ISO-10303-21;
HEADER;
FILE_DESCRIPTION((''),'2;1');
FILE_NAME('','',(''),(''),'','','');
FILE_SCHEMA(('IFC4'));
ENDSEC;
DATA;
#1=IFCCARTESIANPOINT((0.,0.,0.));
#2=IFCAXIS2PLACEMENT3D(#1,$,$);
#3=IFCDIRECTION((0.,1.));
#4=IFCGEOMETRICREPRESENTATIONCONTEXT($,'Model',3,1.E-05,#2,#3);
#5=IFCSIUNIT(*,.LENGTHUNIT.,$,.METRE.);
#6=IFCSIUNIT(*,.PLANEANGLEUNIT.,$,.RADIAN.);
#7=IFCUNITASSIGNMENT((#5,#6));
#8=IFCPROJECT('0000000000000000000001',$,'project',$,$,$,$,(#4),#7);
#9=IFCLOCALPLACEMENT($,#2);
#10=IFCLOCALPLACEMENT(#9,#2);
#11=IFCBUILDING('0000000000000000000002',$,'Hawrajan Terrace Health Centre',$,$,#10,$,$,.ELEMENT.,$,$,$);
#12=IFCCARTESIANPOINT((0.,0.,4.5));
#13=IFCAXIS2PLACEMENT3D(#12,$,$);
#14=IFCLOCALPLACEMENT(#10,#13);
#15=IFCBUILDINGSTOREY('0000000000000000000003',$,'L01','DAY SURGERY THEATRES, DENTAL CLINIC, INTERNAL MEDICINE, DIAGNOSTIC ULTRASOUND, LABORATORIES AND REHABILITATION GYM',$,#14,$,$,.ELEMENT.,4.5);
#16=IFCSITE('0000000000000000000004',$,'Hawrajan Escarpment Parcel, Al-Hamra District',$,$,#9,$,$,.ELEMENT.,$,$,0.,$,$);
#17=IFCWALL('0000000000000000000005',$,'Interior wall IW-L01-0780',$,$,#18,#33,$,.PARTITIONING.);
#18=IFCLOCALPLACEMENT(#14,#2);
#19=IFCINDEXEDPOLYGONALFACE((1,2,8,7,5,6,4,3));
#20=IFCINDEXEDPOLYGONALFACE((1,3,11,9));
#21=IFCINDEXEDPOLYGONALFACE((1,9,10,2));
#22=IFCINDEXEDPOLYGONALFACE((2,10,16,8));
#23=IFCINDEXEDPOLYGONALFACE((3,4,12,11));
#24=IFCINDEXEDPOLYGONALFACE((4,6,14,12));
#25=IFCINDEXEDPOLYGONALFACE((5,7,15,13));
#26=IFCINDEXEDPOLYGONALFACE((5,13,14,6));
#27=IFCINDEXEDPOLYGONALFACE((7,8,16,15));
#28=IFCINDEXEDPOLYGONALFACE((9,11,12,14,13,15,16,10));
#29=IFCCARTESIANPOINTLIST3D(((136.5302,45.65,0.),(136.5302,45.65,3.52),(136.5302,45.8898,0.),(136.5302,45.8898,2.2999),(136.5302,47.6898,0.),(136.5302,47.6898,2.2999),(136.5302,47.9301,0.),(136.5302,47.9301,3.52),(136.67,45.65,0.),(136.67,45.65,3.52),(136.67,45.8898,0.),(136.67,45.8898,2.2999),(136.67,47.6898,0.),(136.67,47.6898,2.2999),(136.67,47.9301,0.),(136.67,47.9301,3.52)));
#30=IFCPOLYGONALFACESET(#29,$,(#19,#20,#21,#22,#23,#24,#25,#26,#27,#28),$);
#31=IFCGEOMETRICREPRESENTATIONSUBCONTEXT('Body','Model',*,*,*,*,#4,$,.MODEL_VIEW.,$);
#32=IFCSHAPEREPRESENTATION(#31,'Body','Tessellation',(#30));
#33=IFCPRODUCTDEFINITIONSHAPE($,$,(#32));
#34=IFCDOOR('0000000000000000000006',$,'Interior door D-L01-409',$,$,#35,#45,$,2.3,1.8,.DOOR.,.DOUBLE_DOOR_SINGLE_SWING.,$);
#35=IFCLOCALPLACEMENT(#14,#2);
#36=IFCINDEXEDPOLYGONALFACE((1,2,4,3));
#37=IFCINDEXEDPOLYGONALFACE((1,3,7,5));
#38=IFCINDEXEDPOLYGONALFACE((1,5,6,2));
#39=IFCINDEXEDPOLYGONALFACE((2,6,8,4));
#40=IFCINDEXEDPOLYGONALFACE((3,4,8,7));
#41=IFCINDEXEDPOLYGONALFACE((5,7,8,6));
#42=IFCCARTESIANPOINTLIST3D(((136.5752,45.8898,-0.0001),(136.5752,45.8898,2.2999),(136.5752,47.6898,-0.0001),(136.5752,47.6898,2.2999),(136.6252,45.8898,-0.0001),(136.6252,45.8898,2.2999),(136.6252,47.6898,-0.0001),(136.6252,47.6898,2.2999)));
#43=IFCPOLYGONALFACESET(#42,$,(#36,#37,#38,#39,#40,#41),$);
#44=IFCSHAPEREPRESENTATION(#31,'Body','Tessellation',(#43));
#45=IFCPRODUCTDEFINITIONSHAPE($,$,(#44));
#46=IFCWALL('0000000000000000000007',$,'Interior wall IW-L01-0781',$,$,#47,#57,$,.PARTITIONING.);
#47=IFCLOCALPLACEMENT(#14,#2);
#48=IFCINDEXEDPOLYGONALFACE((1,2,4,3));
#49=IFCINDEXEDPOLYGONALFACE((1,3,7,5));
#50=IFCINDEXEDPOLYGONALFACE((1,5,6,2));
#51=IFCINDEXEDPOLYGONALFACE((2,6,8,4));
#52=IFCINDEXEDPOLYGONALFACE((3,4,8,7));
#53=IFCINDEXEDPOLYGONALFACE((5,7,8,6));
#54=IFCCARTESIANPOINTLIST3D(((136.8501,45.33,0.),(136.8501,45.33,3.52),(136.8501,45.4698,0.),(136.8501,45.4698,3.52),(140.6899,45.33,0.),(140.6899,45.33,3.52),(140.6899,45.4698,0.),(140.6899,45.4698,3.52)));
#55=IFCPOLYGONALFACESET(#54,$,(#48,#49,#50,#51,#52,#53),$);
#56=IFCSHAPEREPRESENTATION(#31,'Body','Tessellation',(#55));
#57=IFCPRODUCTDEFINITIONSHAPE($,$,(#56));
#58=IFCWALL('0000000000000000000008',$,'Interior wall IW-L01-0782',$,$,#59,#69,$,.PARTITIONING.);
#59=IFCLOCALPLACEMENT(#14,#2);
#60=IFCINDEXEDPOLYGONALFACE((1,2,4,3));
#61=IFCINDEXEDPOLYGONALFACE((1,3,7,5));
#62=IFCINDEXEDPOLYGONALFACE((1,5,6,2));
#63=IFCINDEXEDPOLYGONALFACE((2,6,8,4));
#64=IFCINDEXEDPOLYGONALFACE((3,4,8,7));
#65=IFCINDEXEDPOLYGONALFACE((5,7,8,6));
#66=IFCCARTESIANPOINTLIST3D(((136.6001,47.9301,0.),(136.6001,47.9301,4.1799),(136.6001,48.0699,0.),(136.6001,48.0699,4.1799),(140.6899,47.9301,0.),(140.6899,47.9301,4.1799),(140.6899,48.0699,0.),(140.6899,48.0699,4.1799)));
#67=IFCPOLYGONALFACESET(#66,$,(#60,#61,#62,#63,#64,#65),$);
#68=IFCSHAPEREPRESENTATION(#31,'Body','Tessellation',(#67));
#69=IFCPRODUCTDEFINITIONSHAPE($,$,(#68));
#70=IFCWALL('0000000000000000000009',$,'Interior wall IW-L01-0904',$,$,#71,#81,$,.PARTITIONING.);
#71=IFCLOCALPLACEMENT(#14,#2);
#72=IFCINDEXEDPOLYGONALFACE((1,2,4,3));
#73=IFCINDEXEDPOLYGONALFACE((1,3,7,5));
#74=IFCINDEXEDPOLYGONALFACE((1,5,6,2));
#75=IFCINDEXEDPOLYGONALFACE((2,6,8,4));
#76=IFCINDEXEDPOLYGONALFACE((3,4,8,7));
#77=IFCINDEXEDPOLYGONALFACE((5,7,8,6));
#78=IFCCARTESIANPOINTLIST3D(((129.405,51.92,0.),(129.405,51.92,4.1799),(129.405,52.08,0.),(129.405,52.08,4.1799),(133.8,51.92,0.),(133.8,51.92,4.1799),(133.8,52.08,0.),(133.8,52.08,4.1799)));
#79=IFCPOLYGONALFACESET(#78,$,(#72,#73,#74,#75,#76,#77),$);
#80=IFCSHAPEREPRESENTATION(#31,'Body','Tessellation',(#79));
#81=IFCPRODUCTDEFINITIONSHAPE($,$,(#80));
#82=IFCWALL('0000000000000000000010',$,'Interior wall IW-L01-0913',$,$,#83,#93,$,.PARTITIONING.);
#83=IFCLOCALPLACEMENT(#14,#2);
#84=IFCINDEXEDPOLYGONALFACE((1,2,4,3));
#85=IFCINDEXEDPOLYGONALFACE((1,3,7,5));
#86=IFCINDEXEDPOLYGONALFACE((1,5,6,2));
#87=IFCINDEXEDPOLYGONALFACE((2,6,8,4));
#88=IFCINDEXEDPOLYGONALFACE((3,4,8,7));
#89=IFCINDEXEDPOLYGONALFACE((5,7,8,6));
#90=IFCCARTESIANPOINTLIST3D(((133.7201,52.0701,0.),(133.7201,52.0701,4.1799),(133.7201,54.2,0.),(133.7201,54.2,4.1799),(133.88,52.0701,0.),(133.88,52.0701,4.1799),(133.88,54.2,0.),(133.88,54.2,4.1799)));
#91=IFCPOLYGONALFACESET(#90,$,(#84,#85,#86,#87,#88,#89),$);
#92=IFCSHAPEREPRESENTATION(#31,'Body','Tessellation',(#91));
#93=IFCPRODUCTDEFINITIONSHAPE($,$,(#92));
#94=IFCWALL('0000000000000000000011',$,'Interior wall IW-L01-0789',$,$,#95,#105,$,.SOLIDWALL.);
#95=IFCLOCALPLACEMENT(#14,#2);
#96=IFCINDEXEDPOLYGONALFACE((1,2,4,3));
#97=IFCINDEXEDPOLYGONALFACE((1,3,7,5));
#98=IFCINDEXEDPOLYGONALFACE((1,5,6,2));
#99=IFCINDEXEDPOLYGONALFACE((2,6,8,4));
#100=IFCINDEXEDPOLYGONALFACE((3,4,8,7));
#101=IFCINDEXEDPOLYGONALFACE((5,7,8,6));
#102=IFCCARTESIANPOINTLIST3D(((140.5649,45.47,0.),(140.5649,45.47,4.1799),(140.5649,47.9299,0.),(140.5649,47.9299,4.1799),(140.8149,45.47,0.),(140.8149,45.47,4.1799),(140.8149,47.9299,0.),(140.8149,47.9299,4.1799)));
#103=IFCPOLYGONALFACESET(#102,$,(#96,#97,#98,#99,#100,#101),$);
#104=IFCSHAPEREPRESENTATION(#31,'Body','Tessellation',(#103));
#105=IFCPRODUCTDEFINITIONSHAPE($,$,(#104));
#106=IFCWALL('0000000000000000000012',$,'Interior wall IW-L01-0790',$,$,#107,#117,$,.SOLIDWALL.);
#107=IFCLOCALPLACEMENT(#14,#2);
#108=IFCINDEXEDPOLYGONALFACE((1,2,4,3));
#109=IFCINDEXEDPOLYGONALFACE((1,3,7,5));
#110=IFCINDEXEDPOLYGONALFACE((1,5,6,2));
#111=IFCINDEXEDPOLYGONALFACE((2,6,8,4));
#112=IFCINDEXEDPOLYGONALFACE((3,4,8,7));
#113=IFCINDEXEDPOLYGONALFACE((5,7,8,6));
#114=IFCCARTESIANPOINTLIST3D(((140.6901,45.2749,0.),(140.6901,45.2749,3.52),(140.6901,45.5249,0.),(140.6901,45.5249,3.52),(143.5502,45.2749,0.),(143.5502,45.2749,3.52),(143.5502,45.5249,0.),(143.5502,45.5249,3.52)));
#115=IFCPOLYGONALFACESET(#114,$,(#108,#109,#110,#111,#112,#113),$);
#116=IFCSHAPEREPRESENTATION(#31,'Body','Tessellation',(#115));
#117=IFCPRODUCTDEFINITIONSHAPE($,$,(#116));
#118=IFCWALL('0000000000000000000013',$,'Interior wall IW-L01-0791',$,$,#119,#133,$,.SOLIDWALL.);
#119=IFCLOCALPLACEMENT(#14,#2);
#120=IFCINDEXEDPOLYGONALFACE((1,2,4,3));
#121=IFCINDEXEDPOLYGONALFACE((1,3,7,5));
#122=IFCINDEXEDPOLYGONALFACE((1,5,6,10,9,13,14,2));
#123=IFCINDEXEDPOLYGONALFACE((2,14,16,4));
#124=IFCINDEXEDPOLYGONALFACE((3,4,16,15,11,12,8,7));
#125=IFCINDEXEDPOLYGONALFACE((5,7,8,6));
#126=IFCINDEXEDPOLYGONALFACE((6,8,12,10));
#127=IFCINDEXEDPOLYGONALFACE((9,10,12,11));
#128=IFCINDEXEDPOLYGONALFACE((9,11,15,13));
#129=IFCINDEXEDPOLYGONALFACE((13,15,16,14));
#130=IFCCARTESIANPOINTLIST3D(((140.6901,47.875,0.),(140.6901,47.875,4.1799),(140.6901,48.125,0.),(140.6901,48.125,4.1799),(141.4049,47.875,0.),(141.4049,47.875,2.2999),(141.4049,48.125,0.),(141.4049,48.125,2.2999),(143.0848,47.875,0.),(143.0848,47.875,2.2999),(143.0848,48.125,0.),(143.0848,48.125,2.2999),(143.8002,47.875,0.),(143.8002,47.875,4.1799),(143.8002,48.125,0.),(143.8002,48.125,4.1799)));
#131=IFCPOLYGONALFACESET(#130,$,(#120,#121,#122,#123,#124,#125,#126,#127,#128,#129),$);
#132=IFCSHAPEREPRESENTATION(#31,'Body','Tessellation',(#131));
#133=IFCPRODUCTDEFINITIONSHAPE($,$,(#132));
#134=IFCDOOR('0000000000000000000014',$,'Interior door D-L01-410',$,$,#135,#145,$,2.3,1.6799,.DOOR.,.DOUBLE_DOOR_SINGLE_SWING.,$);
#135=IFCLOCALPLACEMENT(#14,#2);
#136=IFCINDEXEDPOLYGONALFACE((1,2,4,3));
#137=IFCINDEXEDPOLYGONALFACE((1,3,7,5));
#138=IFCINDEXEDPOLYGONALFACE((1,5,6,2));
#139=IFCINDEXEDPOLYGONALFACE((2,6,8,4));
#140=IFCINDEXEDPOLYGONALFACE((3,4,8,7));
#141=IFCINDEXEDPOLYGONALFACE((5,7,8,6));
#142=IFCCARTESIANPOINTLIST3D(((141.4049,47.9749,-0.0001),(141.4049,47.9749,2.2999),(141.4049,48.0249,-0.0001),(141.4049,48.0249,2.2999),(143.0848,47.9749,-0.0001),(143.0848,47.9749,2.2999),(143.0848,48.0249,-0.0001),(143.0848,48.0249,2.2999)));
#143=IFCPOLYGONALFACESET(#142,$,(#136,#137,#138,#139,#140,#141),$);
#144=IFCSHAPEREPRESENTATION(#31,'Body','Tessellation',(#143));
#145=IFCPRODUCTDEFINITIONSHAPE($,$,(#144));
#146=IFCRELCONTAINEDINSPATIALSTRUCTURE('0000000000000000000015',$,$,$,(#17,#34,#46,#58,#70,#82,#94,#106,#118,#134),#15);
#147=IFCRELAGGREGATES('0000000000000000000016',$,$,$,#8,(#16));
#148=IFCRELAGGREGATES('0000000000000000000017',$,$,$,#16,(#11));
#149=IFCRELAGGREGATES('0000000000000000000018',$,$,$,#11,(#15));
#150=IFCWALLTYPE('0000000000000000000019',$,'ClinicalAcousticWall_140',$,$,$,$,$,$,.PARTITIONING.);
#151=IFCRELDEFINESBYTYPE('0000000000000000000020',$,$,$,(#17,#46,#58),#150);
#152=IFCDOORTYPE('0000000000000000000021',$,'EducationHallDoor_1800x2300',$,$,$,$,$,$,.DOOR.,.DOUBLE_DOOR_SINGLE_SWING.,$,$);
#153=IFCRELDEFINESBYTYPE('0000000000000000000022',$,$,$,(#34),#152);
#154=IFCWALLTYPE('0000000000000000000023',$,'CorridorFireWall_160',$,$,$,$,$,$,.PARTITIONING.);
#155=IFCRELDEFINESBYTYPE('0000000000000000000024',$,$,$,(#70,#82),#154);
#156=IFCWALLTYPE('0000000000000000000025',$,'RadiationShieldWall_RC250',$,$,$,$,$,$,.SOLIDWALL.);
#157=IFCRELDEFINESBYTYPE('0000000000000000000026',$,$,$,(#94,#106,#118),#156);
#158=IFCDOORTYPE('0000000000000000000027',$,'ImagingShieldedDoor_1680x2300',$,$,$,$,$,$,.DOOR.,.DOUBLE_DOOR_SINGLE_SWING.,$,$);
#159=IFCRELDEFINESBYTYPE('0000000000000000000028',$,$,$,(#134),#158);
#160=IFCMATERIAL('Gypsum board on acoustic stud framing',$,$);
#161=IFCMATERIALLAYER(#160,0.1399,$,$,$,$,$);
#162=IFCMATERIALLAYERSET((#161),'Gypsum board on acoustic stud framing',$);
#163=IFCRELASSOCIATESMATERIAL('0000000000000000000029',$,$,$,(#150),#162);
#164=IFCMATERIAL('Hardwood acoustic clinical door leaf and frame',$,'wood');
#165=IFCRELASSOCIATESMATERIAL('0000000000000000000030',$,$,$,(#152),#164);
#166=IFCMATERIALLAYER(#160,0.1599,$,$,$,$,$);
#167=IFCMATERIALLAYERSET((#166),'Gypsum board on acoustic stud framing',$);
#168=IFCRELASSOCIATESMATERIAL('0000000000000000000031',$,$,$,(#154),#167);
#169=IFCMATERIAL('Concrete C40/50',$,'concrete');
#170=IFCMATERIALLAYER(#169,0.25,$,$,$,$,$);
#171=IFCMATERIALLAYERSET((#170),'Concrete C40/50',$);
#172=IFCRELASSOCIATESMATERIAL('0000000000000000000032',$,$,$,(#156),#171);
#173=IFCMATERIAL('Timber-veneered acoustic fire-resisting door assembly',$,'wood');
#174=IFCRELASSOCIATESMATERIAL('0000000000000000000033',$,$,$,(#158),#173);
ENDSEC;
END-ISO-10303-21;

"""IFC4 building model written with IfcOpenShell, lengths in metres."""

from ifc_helpers import new_model, si_unit, direction, frame, frame_2d, origin, place, context, subcontext, project, spatial, rectangle, extrude, material, layer, layer_set, type_object, element, fill, save


model = new_model("IFC4")

# Units and contexts
model_context = context("Model", 3, precision=1e-05, world=origin(), true_north=direction((0.0, 1.0)))
body_context = subcontext(model_context, "Body", "Model", "MODEL_VIEW")
ifc_project = project(units=[si_unit("LENGTHUNIT", "METRE"), si_unit("PLANEANGLEUNIT", "RADIAN")], contexts=[model_context])

# Site, building, storey
site_placement = place(None, origin())
site = spatial("IfcSite", under=ifc_project, at=site_placement, Name="Hawrajan Escarpment Parcel, Al-Hamra District", CompositionType="ELEMENT", RefElevation=0.0)
building_placement = place(site_placement, origin())
building = spatial("IfcBuilding", under=site, at=building_placement, Name="Hawrajan Terrace Health Centre", CompositionType="ELEMENT")
storey_placement = place(building_placement, frame((0.0, 0.0, 4.5)))
storey = spatial("IfcBuildingStorey", under=building, at=storey_placement, Name="L01", Description="DAY SURGERY THEATRES, DENTAL CLINIC, INTERNAL MEDICINE, DIAGNOSTIC ULTRASOUND, LABORATORIES AND REHABILITATION GYM", CompositionType="ELEMENT", Elevation=4.5)

# Shared definitions
ifc_material_1 = material(Name="Concrete C40/50", Category="concrete")

# Wall, opening, door
ifc_material_2 = material(Name="Gypsum board on acoustic stud framing")
ifc_layer_1 = layer(ifc_material_2, 0.1399)
ifc_layer_set_1 = layer_set([ifc_layer_1], Name="Gypsum board on acoustic stud framing")
wall_type_1 = type_object("IfcWallType", Name="ClinicalAcousticWall_140", PredefinedType="PARTITIONING", material=ifc_layer_set_1)
ifc_material_3 = material(Name="Hardwood acoustic clinical door leaf and frame", Category="wood")
wall_1_placement = place(storey_placement, frame((136.6001, 45.6499, 0.0), z_axis=(0.0, 0.0, 1.0), x_axis=(0.0, 1.0, 0.0)))
wall_1 = element("IfcWall", 1, at=wall_1_placement, inside=storey, type_object=wall_type_1, Name="Interior wall IW-L01-0780", PredefinedType="PARTITIONING", context=body_context, shape_type="SweptSolid", body=[
    extrude(rectangle(XDim=2.28, YDim=0.1399, at=frame_2d((1.1401, 0.0))), origin(), (0.0, 0.0, 1.0), 3.52),
])
opening_1_placement = place(wall_1_placement, frame((0.24, 0.0, 0.0)))
opening_1 = element("IfcOpeningElement", 2, at=opening_1_placement, cuts=wall_1, PredefinedType="OPENING", context=body_context, shape_type="SweptSolid", body=[
    extrude(rectangle(XDim=1.8, YDim=2.3, at=frame_2d((0.8999, 1.1499))), frame((0.0, 0.0798, 0.0), z_axis=(0.0, -1.0, 0.0), x_axis=(1.0, 0.0, 0.0)), (0.0, 0.0, 1.0), 0.1599),
])
door_type_1 = type_object("IfcDoorType", Name="EducationHallDoor_1800x2300", OperationType="DOUBLE_DOOR_SINGLE_SWING", PredefinedType="DOOR", material=ifc_material_3)
door_1_placement = place(opening_1_placement, origin())
door_1 = element("IfcDoor", 3, at=door_1_placement, inside=storey, type_object=door_type_1, Name="Interior door D-L01-409", OperationType="DOUBLE_DOOR_SINGLE_SWING", OverallHeight=2.3, OverallWidth=1.8, PredefinedType="DOOR", context=body_context, shape_type="SweptSolid", body=[
    extrude(rectangle(XDim=1.8, YDim=2.3, at=frame_2d((0.8999, 1.1499))), frame((0.0, 0.0249, 0.0), z_axis=(0.0, -1.0, 0.0), x_axis=(1.0, 0.0, 0.0)), (0.0, 0.0, 1.0), 0.05),
])
fill(opening_1, door_1)

# Walls
wall_2_placement = place(storey_placement, frame((136.8501, 45.3999, 0.0), z_axis=(0.0, 0.0, 1.0), x_axis=(1.0, 0.0, 0.0)))
element("IfcWall", 4, at=wall_2_placement, inside=storey, type_object=wall_type_1, Name="Interior wall IW-L01-0781", PredefinedType="PARTITIONING", context=body_context, shape_type="SweptSolid", body=[
    extrude(rectangle(XDim=3.8398, YDim=0.1399, at=frame_2d((1.9199, 0.0))), origin(), (0.0, 0.0, 1.0), 3.52),
])
wall_3_placement = place(storey_placement, frame((136.6001, 48.0, 0.0), z_axis=(0.0, 0.0, 1.0), x_axis=(1.0, 0.0, 0.0)))
element("IfcWall", 5, at=wall_3_placement, inside=storey, type_object=wall_type_1, Name="Interior wall IW-L01-0782", PredefinedType="PARTITIONING", context=body_context, shape_type="SweptSolid", body=[
    extrude(rectangle(XDim=4.0898, YDim=0.1399, at=frame_2d((2.0449, 0.0))), origin(), (0.0, 0.0, 1.0), 4.1799),
])
ifc_layer_2 = layer(ifc_material_2, 0.1599)
ifc_layer_set_2 = layer_set([ifc_layer_2], Name="Gypsum board on acoustic stud framing")
wall_type_2 = type_object("IfcWallType", Name="CorridorFireWall_160", PredefinedType="PARTITIONING", material=ifc_layer_set_2)
wall_4_placement = place(storey_placement, frame((133.8, 52.0, 0.0), z_axis=(0.0, 0.0, 1.0), x_axis=(-1.0, 0.0, 0.0)))
element("IfcWall", 6, at=wall_4_placement, inside=storey, type_object=wall_type_2, Name="Interior wall IW-L01-0904", PredefinedType="PARTITIONING", context=body_context, shape_type="SweptSolid", body=[
    extrude(rectangle(XDim=4.395, YDim=0.1599, at=frame_2d((2.1975, 0.0))), origin(), (0.0, 0.0, 1.0), 4.1799),
])
wall_5_placement = place(storey_placement, frame((133.8, 52.0701, 0.0), z_axis=(0.0, 0.0, 1.0), x_axis=(0.0, 1.0, 0.0)))
element("IfcWall", 7, at=wall_5_placement, inside=storey, type_object=wall_type_2, Name="Interior wall IW-L01-0913", PredefinedType="PARTITIONING", context=body_context, shape_type="SweptSolid", body=[
    extrude(rectangle(XDim=2.1299, YDim=0.1599, at=frame_2d((1.0649, 0.0))), origin(), (0.0, 0.0, 1.0), 4.1799),
])
ifc_layer_3 = layer(ifc_material_1, 0.25)
ifc_layer_set_3 = layer_set([ifc_layer_3], Name="Concrete C40/50")
wall_type_3 = type_object("IfcWallType", Name="RadiationShieldWall_RC250", PredefinedType="SOLIDWALL", material=ifc_layer_set_3)
wall_6_placement = place(storey_placement, frame((140.6899, 45.47, 0.0), z_axis=(0.0, 0.0, 1.0), x_axis=(0.0, 1.0, 0.0)))
element("IfcWall", 8, at=wall_6_placement, inside=storey, type_object=wall_type_3, Name="Interior wall IW-L01-0789", PredefinedType="SOLIDWALL", context=body_context, shape_type="SweptSolid", body=[
    extrude(rectangle(XDim=2.46, YDim=0.25, at=frame_2d((1.23, 0.0))), origin(), (0.0, 0.0, 1.0), 4.1799),
])
wall_7_placement = place(storey_placement, frame((140.6899, 45.3999, 0.0), z_axis=(0.0, 0.0, 1.0), x_axis=(1.0, 0.0, 0.0)))
element("IfcWall", 9, at=wall_7_placement, inside=storey, type_object=wall_type_3, Name="Interior wall IW-L01-0790", PredefinedType="SOLIDWALL", context=body_context, shape_type="SweptSolid", body=[
    extrude(rectangle(XDim=2.8601, YDim=0.25, at=frame_2d((1.4302, 0.0))), origin(), (0.0, 0.0, 1.0), 3.52),
])

# Wall, opening, door
wall_8_placement = place(storey_placement, frame((140.6899, 48.0, 0.0), z_axis=(0.0, 0.0, 1.0), x_axis=(1.0, 0.0, 0.0)))
wall_8 = element("IfcWall", 10, at=wall_8_placement, inside=storey, type_object=wall_type_3, Name="Interior wall IW-L01-0791", PredefinedType="SOLIDWALL", context=body_context, shape_type="SweptSolid", body=[
    extrude(rectangle(XDim=3.1101, YDim=0.25, at=frame_2d((1.5552, 0.0))), origin(), (0.0, 0.0, 1.0), 4.1799),
])
opening_2_placement = place(wall_8_placement, frame((0.7151, 0.0, 0.0)))
opening_2 = element("IfcOpeningElement", 11, at=opening_2_placement, cuts=wall_8, PredefinedType="OPENING", context=body_context, shape_type="SweptSolid", body=[
    extrude(rectangle(XDim=1.6799, YDim=2.3, at=frame_2d((0.8398, 1.1499))), frame((0.0, 0.135, 0.0), z_axis=(0.0, -1.0, 0.0), x_axis=(1.0, 0.0, 0.0)), (0.0, 0.0, 1.0), 0.27),
])
ifc_material_4 = material(Name="Timber-veneered acoustic fire-resisting door assembly", Category="wood")
door_type_2 = type_object("IfcDoorType", Name="ImagingShieldedDoor_1680x2300", OperationType="DOUBLE_DOOR_SINGLE_SWING", PredefinedType="DOOR", material=ifc_material_4)
door_2_placement = place(opening_2_placement, origin())
door_2 = element("IfcDoor", 12, at=door_2_placement, inside=storey, type_object=door_type_2, Name="Interior door D-L01-410", OperationType="DOUBLE_DOOR_SINGLE_SWING", OverallHeight=2.3, OverallWidth=1.6799, PredefinedType="DOOR", context=body_context, shape_type="SweptSolid", body=[
    extrude(rectangle(XDim=1.6799, YDim=2.3, at=frame_2d((0.8398, 1.1499))), frame((0.0, 0.0249, 0.0), z_axis=(0.0, -1.0, 0.0), x_axis=(1.0, 0.0, 0.0)), (0.0, 0.0, 1.0), 0.05),
])
fill(opening_2, door_2)

save(model, "model.ifc")
